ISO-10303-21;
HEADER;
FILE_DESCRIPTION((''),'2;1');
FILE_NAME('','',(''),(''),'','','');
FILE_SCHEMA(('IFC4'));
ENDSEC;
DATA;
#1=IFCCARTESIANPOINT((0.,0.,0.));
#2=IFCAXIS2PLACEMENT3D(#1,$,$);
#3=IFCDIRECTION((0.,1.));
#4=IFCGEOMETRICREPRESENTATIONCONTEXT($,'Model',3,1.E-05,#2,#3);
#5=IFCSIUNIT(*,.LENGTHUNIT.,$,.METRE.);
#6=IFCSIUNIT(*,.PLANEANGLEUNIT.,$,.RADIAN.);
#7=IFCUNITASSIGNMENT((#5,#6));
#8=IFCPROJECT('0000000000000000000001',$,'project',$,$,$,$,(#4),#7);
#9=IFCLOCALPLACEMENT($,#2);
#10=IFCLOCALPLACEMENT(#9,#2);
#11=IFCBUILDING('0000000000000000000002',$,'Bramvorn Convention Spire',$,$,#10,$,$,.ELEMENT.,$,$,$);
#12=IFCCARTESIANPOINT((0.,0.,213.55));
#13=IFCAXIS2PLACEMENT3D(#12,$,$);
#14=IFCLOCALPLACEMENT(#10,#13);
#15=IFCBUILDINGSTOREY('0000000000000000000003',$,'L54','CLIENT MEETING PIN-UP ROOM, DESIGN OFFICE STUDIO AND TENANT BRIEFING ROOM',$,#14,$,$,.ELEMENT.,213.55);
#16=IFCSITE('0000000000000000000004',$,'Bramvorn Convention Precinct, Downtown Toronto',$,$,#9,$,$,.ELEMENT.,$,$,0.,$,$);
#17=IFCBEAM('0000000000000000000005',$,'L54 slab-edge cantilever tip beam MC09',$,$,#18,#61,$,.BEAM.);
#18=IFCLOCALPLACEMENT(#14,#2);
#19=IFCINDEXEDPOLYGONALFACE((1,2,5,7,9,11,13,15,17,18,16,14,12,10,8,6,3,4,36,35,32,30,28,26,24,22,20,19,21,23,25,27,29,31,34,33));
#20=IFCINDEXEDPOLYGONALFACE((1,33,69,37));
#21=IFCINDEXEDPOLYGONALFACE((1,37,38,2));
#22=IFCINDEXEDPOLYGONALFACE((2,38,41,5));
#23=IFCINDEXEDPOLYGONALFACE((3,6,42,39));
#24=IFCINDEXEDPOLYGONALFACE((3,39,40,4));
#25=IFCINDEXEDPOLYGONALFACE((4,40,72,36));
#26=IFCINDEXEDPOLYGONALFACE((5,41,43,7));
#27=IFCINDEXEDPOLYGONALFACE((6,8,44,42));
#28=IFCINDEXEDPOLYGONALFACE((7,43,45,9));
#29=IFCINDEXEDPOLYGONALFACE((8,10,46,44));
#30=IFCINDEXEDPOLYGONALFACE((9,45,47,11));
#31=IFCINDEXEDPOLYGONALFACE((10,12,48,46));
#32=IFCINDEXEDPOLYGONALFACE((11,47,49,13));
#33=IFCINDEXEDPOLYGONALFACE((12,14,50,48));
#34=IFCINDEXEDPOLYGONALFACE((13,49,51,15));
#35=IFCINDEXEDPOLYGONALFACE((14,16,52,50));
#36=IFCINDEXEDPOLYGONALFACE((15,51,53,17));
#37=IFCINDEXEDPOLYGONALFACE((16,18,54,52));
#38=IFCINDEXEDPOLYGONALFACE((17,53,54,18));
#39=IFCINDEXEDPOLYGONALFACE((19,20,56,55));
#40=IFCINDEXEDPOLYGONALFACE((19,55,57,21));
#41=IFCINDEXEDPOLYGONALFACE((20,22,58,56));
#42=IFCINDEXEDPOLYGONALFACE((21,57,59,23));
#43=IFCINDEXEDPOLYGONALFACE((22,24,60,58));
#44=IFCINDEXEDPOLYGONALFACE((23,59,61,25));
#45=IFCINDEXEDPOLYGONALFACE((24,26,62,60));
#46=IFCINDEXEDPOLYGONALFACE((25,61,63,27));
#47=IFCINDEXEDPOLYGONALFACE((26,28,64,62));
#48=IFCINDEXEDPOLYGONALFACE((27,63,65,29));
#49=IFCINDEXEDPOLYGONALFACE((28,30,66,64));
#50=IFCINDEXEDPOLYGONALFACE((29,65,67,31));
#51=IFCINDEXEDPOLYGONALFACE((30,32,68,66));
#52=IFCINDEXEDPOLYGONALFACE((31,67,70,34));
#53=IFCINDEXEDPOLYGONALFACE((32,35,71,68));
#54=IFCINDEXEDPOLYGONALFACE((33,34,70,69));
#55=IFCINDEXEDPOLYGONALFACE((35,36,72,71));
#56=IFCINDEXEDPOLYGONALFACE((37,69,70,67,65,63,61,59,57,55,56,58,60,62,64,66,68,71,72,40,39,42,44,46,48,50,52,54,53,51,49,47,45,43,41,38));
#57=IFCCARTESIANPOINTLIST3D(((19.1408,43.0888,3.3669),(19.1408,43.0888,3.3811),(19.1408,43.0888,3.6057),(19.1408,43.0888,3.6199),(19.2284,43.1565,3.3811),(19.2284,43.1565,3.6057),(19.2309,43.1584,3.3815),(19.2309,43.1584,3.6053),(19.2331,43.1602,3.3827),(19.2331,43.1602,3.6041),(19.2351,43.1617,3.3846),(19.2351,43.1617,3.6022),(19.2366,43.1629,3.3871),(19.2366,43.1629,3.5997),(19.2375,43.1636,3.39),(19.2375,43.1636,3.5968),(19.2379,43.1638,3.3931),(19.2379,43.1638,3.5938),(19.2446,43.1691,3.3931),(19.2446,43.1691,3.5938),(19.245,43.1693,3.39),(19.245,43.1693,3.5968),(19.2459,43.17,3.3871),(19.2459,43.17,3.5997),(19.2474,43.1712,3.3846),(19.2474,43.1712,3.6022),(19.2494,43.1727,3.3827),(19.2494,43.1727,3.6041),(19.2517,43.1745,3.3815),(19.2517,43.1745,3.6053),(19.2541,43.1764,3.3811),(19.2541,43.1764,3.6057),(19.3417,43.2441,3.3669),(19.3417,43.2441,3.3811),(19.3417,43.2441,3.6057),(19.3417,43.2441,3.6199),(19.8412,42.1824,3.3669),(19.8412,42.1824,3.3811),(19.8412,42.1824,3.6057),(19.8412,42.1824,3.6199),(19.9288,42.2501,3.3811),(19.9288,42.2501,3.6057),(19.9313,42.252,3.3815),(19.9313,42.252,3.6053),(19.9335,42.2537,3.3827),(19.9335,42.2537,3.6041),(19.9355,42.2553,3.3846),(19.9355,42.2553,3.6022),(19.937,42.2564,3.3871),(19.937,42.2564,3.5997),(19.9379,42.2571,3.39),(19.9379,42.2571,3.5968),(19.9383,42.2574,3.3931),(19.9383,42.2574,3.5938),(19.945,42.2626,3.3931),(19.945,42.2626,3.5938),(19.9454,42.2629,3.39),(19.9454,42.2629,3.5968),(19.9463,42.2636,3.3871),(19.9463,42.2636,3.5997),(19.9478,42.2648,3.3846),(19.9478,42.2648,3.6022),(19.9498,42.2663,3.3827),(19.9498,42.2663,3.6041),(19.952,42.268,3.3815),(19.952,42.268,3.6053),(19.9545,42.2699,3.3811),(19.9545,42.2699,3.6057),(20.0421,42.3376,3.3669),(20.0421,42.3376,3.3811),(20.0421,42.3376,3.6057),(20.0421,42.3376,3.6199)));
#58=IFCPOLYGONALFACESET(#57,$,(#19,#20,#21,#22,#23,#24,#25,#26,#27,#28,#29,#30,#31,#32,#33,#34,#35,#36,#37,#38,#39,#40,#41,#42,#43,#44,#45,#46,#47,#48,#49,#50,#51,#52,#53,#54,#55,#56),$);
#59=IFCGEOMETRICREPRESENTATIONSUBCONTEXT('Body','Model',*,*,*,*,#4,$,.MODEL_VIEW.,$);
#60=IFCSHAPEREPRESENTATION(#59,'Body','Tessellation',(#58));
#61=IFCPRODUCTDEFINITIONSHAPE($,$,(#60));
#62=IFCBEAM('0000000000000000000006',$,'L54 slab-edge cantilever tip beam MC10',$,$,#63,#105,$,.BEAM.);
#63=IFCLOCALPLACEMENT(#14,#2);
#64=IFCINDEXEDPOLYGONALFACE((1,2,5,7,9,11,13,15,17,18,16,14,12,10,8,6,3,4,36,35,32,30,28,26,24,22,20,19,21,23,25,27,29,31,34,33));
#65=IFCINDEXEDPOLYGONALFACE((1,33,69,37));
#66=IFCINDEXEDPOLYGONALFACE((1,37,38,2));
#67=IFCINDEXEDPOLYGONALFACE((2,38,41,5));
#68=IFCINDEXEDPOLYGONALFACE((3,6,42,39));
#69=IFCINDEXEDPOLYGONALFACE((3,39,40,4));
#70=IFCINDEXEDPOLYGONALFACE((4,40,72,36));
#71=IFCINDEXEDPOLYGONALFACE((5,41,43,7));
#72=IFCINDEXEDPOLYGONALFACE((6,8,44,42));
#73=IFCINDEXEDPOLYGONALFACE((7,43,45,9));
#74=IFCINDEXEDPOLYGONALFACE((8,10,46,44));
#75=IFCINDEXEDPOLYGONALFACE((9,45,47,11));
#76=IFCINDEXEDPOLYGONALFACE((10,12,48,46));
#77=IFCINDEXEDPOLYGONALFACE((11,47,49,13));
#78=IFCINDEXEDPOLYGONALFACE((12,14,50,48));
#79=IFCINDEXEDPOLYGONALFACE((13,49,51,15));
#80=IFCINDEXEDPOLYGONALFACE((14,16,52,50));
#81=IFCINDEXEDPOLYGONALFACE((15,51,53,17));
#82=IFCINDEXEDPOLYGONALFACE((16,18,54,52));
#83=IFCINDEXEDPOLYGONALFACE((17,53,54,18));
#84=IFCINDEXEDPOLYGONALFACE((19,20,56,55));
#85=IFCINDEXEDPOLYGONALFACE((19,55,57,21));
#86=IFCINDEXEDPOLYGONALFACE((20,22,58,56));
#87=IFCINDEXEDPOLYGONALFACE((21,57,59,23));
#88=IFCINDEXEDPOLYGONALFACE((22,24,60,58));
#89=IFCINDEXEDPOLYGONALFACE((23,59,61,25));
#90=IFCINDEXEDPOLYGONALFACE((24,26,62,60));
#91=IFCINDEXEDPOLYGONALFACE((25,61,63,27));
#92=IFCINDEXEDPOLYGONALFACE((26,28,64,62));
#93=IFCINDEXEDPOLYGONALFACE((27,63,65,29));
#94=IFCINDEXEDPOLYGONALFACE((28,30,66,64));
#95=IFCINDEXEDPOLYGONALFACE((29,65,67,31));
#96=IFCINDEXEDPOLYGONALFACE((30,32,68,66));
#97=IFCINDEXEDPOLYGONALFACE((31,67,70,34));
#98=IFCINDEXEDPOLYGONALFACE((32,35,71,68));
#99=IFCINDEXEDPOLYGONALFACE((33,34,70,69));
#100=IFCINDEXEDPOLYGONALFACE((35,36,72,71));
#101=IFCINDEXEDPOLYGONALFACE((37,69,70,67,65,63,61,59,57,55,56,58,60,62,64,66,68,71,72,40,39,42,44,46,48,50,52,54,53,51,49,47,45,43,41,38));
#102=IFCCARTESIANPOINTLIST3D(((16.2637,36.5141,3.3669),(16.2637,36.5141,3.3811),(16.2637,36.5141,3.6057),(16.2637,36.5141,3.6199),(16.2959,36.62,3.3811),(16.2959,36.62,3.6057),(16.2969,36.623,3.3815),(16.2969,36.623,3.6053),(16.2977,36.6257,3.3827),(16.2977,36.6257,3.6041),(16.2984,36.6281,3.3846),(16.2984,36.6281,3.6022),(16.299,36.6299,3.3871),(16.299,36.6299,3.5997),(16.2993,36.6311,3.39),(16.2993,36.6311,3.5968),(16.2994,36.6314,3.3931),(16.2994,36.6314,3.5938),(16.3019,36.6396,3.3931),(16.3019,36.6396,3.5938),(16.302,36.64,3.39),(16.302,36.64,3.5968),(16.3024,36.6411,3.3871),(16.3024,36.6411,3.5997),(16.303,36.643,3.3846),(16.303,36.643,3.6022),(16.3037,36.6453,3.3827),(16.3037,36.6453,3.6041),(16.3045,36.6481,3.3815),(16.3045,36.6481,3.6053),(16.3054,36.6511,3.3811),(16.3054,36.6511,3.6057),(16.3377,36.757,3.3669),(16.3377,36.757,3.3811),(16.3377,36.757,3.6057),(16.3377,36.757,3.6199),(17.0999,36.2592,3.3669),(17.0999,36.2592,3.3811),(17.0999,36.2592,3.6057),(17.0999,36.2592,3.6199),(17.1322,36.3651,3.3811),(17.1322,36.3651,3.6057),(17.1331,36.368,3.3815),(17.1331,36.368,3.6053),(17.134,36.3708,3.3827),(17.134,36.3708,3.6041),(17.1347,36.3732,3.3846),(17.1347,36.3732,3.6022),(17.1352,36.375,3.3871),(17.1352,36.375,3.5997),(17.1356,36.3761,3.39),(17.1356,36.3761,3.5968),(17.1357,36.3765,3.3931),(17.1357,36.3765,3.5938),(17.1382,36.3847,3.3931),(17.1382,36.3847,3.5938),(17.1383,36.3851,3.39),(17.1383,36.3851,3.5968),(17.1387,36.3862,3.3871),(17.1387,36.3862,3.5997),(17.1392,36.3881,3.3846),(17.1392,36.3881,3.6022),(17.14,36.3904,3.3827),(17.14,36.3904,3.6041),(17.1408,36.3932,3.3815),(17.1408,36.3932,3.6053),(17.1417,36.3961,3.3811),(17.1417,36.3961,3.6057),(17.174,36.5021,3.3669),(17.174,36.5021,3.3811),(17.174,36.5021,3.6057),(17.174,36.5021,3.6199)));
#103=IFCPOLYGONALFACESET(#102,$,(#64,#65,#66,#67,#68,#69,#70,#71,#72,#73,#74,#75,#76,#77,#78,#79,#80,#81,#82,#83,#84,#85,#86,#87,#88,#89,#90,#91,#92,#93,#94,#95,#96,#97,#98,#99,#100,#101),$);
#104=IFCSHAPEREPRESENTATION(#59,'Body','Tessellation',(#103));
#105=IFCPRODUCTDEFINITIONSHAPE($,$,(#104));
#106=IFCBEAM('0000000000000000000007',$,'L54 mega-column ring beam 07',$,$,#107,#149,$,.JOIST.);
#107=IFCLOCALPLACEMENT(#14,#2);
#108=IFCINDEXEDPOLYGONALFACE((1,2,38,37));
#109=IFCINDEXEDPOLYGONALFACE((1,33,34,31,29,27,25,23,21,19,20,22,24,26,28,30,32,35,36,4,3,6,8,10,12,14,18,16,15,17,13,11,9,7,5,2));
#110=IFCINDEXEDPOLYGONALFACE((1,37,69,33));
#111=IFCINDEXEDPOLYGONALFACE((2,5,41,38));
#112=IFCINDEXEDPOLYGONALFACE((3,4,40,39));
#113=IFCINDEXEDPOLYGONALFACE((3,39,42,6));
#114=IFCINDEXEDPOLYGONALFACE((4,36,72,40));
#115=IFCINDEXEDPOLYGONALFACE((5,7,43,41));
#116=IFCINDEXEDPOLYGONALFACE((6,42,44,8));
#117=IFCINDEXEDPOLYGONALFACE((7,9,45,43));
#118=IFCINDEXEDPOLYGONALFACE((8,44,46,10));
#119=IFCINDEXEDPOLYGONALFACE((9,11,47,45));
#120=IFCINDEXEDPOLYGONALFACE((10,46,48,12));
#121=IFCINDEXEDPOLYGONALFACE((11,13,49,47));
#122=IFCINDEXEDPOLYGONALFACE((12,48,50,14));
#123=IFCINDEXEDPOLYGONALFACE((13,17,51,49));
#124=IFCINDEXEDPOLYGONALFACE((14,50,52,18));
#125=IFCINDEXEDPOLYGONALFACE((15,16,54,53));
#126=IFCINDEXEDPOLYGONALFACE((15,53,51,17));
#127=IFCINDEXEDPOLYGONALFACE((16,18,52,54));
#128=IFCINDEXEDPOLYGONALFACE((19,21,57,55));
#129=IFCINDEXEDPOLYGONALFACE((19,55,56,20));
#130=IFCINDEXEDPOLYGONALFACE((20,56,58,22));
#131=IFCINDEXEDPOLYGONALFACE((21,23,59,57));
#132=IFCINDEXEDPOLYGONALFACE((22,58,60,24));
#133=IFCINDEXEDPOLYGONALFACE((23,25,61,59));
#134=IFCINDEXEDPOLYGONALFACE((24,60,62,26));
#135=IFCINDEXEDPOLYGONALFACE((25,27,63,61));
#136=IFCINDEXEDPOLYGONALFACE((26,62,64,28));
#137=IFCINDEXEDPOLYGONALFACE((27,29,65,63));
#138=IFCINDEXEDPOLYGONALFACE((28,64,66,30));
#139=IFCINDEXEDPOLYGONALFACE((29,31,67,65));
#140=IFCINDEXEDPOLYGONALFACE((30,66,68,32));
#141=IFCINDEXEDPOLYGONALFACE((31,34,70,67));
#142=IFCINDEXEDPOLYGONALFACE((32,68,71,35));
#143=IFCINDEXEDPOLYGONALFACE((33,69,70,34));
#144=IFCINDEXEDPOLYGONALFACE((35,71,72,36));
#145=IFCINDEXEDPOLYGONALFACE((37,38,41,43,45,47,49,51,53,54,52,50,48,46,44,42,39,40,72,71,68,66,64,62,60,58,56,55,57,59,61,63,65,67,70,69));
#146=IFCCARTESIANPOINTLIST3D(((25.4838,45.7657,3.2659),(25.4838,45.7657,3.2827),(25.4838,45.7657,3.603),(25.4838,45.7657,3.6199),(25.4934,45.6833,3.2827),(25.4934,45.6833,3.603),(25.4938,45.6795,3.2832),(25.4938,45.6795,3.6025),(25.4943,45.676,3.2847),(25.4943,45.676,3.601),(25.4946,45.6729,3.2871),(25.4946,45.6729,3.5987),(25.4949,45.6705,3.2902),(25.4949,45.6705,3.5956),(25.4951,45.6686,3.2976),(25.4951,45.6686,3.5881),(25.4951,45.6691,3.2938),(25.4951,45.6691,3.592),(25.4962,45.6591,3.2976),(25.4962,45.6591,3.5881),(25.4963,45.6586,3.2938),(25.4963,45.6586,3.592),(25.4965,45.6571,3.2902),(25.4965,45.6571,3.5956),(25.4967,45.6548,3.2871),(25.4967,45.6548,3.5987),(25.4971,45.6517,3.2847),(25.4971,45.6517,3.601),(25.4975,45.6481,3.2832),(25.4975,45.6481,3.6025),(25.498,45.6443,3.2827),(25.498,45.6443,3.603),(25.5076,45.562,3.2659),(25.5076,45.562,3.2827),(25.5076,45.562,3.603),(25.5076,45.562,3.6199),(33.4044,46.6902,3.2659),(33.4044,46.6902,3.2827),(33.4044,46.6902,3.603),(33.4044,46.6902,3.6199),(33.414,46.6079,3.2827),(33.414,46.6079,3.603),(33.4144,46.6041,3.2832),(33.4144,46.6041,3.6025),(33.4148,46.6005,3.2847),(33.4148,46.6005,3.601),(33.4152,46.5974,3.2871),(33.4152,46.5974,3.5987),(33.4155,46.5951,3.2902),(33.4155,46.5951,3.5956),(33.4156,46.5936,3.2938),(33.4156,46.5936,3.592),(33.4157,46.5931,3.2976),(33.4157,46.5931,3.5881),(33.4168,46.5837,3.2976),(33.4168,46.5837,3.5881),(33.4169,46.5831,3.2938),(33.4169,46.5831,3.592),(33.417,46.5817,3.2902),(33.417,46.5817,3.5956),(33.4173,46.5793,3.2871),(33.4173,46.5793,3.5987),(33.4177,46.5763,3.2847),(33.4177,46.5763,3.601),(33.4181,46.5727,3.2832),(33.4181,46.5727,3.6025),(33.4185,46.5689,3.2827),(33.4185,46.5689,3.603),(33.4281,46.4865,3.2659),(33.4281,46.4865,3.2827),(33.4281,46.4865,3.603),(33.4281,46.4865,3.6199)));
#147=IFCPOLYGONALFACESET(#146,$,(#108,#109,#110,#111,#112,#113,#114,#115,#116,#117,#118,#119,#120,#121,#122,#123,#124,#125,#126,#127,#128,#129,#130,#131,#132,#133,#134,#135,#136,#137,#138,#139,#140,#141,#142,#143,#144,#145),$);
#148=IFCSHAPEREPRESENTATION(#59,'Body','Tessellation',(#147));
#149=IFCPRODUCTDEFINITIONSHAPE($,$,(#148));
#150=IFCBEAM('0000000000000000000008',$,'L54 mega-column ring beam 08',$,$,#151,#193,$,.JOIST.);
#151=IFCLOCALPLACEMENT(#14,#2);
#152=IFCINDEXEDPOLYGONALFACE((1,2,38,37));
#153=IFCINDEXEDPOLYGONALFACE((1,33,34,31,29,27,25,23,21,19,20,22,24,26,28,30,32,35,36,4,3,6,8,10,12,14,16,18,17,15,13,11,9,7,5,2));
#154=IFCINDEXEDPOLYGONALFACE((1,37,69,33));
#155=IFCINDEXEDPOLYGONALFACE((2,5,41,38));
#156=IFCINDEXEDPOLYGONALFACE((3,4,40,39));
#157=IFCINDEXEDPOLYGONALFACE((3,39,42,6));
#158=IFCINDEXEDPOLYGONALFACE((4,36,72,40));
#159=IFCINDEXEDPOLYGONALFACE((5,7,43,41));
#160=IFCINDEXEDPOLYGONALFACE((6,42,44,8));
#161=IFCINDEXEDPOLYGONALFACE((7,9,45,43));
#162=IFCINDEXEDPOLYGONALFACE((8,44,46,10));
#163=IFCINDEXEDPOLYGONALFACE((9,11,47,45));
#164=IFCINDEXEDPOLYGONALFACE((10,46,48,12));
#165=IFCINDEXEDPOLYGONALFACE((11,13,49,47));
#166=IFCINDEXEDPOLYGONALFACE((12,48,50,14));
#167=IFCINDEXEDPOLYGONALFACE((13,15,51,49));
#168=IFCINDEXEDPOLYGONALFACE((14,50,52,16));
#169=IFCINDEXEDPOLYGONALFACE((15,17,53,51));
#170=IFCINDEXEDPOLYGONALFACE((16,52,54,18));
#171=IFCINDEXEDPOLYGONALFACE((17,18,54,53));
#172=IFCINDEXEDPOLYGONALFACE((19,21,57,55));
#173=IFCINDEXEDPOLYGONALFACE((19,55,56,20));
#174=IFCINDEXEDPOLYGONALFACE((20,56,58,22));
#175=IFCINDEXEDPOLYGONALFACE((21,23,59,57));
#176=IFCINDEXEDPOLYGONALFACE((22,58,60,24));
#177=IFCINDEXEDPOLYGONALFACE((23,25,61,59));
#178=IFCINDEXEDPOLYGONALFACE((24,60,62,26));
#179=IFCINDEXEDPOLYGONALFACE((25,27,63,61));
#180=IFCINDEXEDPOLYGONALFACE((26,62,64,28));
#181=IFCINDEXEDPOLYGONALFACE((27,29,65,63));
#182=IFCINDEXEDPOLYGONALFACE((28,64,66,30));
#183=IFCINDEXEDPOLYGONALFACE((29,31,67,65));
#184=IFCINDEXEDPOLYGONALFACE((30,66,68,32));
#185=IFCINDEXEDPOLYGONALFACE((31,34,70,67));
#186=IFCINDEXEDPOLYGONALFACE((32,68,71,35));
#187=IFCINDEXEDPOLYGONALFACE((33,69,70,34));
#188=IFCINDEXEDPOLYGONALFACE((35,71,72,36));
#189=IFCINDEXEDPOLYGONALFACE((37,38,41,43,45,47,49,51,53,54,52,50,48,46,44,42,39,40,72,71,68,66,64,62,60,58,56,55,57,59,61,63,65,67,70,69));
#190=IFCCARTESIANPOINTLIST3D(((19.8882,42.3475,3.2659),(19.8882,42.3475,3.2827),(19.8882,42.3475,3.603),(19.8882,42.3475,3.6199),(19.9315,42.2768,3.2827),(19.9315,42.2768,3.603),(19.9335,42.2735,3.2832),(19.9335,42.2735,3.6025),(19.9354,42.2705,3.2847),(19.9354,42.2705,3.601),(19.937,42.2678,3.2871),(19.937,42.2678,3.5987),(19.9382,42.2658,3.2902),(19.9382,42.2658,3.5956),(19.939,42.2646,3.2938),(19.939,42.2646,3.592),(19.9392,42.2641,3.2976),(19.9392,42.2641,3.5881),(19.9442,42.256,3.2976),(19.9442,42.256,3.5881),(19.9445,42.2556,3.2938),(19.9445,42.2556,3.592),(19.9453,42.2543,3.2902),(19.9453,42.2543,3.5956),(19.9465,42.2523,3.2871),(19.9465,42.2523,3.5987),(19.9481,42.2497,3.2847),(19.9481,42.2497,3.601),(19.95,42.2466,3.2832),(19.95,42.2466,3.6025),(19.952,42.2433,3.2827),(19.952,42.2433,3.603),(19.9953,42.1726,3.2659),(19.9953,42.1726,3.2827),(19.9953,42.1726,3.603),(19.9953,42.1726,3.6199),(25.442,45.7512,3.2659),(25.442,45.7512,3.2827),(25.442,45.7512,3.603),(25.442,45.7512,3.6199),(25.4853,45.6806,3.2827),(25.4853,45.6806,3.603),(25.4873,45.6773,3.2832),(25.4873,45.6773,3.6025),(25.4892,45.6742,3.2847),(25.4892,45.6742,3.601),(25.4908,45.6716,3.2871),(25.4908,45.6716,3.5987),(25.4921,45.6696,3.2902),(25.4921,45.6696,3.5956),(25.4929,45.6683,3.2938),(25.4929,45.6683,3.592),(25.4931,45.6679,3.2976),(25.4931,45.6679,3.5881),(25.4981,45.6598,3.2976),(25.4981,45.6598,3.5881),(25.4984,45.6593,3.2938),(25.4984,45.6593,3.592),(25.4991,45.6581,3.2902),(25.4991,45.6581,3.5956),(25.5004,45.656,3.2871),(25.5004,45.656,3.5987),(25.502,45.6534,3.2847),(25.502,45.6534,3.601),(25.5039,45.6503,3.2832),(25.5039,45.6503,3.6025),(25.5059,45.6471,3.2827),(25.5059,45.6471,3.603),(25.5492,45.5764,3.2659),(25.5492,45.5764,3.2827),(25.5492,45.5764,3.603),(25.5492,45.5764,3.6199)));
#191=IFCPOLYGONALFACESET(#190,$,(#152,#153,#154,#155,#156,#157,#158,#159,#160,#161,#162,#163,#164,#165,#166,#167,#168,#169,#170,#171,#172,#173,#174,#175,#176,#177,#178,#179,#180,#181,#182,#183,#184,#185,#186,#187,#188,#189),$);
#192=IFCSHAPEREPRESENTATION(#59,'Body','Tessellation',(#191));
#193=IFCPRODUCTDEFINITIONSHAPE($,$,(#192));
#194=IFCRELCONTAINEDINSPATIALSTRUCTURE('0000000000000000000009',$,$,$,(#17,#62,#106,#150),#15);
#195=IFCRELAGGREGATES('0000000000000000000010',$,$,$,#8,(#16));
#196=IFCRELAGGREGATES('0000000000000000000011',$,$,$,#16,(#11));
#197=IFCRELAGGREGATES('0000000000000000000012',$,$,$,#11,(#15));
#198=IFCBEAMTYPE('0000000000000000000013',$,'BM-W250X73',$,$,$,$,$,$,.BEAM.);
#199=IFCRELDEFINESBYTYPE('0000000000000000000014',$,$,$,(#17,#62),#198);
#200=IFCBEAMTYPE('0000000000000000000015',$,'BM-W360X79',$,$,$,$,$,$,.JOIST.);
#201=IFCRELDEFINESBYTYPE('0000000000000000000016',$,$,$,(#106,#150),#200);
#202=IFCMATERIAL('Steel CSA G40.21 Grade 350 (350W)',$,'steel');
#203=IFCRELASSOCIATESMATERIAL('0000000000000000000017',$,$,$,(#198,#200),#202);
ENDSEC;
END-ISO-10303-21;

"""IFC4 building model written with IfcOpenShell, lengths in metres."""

from ifc_helpers import new_model, si_unit, direction, frame, origin, origin_2d, place, context, subcontext, project, spatial, i_section, extrude, material, material_profile, profile_set, type_object, element, save


model = new_model("IFC4")

# Units and contexts
model_context = context("Model", 3, precision=1e-05, world=origin(), true_north=direction((0.0, 1.0)))
body_context = subcontext(model_context, "Body", "Model", "MODEL_VIEW")
ifc_project = project(units=[si_unit("LENGTHUNIT", "METRE"), si_unit("PLANEANGLEUNIT", "RADIAN")], contexts=[model_context])

# Site, building, storey
site_placement = place(None, origin())
site = spatial("IfcSite", under=ifc_project, at=site_placement, Name="Bramvorn Convention Precinct, Downtown Toronto", CompositionType="ELEMENT", RefElevation=0.0)
building_placement = place(site_placement, origin())
building = spatial("IfcBuilding", under=site, at=building_placement, Name="Bramvorn Convention Spire", CompositionType="ELEMENT")
storey_placement = place(building_placement, frame((0.0, 0.0, 213.55)))
storey = spatial("IfcBuildingStorey", under=building, at=storey_placement, Name="L54", Description="CLIENT MEETING PIN-UP ROOM, DESIGN OFFICE STUDIO AND TENANT BRIEFING ROOM", CompositionType="ELEMENT", Elevation=213.55)

# Shared definitions
ifc_material_1 = material(Name="Steel CSA G40.21 Grade 350 (350W)", Category="steel")

# Beams
ifc_material_profile_1 = material_profile(ifc_material_1, i_section(OverallWidth=0.2539, OverallDepth=0.2529, WebThickness=0.0085, FlangeThickness=0.0142, FilletRadius=0.012, at=origin_2d()))
ifc_profile_set_1 = profile_set([ifc_material_profile_1], Name="Steel CSA G40.21 Grade 350 (350W) - W250X73")
beam_type_1 = type_object("IfcBeamType", Name="BM-W250X73", PredefinedType="BEAM", material=ifc_profile_set_1)
beam_1_placement = place(storey_placement, frame((19.9417, 42.26, 3.4934), z_axis=(-0.611429, 0.791299, 0.0), x_axis=(-0.791299, -0.611429, 0.0)))
element("IfcBeam", 1, at=beam_1_placement, inside=storey, type_object=beam_type_1, Name="L54 slab-edge cantilever tip beam MC09", PredefinedType="BEAM", context=body_context, shape_type="SweptSolid", body=[
    extrude(i_section(OverallWidth=0.2539, OverallDepth=0.2529, WebThickness=0.0085, FlangeThickness=0.0142, FilletRadius=0.012, at=origin_2d()), origin(), (0.0, 0.0, 1.0), 1.1455),
])
beam_2_placement = place(storey_placement, frame((17.137, 36.3806, 3.4934), z_axis=(-0.956549, 0.291573, 0.0), x_axis=(-0.291573, -0.956549, 0.0)))
element("IfcBeam", 2, at=beam_2_placement, inside=storey, type_object=beam_type_1, Name="L54 slab-edge cantilever tip beam MC10", PredefinedType="BEAM", context=body_context, shape_type="SweptSolid", body=[
    extrude(i_section(OverallWidth=0.2539, OverallDepth=0.2529, WebThickness=0.0085, FlangeThickness=0.0142, FilletRadius=0.012, at=origin_2d()), origin(), (0.0, 0.0, 1.0), 0.8743),
])
ifc_material_profile_2 = material_profile(ifc_material_1, i_section(OverallWidth=0.2051, OverallDepth=0.354, WebThickness=0.0095, FlangeThickness=0.0168, FilletRadius=0.0149, at=origin_2d()))
ifc_profile_set_2 = profile_set([ifc_material_profile_2], Name="Steel CSA G40.21 Grade 350 (350W) - W360X79")
beam_type_2 = type_object("IfcBeamType", Name="BM-W360X79", PredefinedType="JOIST", material=ifc_profile_set_2)
beam_3_placement = place(storey_placement, frame((33.4163, 46.5884, 3.4429), z_axis=(-0.993256, -0.115941, 0.0), x_axis=(0.115941, -0.993256, 0.0)))
element("IfcBeam", 3, at=beam_3_placement, inside=storey, type_object=beam_type_2, Name="L54 mega-column ring beam 07", PredefinedType="JOIST", context=body_context, shape_type="SweptSolid", body=[
    extrude(i_section(OverallWidth=0.2051, OverallDepth=0.354, WebThickness=0.0095, FlangeThickness=0.0168, FilletRadius=0.0149, at=origin_2d()), origin(), (0.0, 0.0, 1.0), 7.9744),
])
beam_4_placement = place(storey_placement, frame((25.4956, 45.6638, 3.4429), z_axis=(-0.852617, -0.522537, 0.0), x_axis=(0.522537, -0.852617, 0.0)))
element("IfcBeam", 4, at=beam_4_placement, inside=storey, type_object=beam_type_2, Name="L54 mega-column ring beam 08", PredefinedType="JOIST", context=body_context, shape_type="SweptSolid", body=[
    extrude(i_section(OverallWidth=0.2051, OverallDepth=0.354, WebThickness=0.0095, FlangeThickness=0.0168, FilletRadius=0.0149, at=origin_2d()), origin(), (0.0, 0.0, 1.0), 6.5139),
])

save(model, "model.ifc")
